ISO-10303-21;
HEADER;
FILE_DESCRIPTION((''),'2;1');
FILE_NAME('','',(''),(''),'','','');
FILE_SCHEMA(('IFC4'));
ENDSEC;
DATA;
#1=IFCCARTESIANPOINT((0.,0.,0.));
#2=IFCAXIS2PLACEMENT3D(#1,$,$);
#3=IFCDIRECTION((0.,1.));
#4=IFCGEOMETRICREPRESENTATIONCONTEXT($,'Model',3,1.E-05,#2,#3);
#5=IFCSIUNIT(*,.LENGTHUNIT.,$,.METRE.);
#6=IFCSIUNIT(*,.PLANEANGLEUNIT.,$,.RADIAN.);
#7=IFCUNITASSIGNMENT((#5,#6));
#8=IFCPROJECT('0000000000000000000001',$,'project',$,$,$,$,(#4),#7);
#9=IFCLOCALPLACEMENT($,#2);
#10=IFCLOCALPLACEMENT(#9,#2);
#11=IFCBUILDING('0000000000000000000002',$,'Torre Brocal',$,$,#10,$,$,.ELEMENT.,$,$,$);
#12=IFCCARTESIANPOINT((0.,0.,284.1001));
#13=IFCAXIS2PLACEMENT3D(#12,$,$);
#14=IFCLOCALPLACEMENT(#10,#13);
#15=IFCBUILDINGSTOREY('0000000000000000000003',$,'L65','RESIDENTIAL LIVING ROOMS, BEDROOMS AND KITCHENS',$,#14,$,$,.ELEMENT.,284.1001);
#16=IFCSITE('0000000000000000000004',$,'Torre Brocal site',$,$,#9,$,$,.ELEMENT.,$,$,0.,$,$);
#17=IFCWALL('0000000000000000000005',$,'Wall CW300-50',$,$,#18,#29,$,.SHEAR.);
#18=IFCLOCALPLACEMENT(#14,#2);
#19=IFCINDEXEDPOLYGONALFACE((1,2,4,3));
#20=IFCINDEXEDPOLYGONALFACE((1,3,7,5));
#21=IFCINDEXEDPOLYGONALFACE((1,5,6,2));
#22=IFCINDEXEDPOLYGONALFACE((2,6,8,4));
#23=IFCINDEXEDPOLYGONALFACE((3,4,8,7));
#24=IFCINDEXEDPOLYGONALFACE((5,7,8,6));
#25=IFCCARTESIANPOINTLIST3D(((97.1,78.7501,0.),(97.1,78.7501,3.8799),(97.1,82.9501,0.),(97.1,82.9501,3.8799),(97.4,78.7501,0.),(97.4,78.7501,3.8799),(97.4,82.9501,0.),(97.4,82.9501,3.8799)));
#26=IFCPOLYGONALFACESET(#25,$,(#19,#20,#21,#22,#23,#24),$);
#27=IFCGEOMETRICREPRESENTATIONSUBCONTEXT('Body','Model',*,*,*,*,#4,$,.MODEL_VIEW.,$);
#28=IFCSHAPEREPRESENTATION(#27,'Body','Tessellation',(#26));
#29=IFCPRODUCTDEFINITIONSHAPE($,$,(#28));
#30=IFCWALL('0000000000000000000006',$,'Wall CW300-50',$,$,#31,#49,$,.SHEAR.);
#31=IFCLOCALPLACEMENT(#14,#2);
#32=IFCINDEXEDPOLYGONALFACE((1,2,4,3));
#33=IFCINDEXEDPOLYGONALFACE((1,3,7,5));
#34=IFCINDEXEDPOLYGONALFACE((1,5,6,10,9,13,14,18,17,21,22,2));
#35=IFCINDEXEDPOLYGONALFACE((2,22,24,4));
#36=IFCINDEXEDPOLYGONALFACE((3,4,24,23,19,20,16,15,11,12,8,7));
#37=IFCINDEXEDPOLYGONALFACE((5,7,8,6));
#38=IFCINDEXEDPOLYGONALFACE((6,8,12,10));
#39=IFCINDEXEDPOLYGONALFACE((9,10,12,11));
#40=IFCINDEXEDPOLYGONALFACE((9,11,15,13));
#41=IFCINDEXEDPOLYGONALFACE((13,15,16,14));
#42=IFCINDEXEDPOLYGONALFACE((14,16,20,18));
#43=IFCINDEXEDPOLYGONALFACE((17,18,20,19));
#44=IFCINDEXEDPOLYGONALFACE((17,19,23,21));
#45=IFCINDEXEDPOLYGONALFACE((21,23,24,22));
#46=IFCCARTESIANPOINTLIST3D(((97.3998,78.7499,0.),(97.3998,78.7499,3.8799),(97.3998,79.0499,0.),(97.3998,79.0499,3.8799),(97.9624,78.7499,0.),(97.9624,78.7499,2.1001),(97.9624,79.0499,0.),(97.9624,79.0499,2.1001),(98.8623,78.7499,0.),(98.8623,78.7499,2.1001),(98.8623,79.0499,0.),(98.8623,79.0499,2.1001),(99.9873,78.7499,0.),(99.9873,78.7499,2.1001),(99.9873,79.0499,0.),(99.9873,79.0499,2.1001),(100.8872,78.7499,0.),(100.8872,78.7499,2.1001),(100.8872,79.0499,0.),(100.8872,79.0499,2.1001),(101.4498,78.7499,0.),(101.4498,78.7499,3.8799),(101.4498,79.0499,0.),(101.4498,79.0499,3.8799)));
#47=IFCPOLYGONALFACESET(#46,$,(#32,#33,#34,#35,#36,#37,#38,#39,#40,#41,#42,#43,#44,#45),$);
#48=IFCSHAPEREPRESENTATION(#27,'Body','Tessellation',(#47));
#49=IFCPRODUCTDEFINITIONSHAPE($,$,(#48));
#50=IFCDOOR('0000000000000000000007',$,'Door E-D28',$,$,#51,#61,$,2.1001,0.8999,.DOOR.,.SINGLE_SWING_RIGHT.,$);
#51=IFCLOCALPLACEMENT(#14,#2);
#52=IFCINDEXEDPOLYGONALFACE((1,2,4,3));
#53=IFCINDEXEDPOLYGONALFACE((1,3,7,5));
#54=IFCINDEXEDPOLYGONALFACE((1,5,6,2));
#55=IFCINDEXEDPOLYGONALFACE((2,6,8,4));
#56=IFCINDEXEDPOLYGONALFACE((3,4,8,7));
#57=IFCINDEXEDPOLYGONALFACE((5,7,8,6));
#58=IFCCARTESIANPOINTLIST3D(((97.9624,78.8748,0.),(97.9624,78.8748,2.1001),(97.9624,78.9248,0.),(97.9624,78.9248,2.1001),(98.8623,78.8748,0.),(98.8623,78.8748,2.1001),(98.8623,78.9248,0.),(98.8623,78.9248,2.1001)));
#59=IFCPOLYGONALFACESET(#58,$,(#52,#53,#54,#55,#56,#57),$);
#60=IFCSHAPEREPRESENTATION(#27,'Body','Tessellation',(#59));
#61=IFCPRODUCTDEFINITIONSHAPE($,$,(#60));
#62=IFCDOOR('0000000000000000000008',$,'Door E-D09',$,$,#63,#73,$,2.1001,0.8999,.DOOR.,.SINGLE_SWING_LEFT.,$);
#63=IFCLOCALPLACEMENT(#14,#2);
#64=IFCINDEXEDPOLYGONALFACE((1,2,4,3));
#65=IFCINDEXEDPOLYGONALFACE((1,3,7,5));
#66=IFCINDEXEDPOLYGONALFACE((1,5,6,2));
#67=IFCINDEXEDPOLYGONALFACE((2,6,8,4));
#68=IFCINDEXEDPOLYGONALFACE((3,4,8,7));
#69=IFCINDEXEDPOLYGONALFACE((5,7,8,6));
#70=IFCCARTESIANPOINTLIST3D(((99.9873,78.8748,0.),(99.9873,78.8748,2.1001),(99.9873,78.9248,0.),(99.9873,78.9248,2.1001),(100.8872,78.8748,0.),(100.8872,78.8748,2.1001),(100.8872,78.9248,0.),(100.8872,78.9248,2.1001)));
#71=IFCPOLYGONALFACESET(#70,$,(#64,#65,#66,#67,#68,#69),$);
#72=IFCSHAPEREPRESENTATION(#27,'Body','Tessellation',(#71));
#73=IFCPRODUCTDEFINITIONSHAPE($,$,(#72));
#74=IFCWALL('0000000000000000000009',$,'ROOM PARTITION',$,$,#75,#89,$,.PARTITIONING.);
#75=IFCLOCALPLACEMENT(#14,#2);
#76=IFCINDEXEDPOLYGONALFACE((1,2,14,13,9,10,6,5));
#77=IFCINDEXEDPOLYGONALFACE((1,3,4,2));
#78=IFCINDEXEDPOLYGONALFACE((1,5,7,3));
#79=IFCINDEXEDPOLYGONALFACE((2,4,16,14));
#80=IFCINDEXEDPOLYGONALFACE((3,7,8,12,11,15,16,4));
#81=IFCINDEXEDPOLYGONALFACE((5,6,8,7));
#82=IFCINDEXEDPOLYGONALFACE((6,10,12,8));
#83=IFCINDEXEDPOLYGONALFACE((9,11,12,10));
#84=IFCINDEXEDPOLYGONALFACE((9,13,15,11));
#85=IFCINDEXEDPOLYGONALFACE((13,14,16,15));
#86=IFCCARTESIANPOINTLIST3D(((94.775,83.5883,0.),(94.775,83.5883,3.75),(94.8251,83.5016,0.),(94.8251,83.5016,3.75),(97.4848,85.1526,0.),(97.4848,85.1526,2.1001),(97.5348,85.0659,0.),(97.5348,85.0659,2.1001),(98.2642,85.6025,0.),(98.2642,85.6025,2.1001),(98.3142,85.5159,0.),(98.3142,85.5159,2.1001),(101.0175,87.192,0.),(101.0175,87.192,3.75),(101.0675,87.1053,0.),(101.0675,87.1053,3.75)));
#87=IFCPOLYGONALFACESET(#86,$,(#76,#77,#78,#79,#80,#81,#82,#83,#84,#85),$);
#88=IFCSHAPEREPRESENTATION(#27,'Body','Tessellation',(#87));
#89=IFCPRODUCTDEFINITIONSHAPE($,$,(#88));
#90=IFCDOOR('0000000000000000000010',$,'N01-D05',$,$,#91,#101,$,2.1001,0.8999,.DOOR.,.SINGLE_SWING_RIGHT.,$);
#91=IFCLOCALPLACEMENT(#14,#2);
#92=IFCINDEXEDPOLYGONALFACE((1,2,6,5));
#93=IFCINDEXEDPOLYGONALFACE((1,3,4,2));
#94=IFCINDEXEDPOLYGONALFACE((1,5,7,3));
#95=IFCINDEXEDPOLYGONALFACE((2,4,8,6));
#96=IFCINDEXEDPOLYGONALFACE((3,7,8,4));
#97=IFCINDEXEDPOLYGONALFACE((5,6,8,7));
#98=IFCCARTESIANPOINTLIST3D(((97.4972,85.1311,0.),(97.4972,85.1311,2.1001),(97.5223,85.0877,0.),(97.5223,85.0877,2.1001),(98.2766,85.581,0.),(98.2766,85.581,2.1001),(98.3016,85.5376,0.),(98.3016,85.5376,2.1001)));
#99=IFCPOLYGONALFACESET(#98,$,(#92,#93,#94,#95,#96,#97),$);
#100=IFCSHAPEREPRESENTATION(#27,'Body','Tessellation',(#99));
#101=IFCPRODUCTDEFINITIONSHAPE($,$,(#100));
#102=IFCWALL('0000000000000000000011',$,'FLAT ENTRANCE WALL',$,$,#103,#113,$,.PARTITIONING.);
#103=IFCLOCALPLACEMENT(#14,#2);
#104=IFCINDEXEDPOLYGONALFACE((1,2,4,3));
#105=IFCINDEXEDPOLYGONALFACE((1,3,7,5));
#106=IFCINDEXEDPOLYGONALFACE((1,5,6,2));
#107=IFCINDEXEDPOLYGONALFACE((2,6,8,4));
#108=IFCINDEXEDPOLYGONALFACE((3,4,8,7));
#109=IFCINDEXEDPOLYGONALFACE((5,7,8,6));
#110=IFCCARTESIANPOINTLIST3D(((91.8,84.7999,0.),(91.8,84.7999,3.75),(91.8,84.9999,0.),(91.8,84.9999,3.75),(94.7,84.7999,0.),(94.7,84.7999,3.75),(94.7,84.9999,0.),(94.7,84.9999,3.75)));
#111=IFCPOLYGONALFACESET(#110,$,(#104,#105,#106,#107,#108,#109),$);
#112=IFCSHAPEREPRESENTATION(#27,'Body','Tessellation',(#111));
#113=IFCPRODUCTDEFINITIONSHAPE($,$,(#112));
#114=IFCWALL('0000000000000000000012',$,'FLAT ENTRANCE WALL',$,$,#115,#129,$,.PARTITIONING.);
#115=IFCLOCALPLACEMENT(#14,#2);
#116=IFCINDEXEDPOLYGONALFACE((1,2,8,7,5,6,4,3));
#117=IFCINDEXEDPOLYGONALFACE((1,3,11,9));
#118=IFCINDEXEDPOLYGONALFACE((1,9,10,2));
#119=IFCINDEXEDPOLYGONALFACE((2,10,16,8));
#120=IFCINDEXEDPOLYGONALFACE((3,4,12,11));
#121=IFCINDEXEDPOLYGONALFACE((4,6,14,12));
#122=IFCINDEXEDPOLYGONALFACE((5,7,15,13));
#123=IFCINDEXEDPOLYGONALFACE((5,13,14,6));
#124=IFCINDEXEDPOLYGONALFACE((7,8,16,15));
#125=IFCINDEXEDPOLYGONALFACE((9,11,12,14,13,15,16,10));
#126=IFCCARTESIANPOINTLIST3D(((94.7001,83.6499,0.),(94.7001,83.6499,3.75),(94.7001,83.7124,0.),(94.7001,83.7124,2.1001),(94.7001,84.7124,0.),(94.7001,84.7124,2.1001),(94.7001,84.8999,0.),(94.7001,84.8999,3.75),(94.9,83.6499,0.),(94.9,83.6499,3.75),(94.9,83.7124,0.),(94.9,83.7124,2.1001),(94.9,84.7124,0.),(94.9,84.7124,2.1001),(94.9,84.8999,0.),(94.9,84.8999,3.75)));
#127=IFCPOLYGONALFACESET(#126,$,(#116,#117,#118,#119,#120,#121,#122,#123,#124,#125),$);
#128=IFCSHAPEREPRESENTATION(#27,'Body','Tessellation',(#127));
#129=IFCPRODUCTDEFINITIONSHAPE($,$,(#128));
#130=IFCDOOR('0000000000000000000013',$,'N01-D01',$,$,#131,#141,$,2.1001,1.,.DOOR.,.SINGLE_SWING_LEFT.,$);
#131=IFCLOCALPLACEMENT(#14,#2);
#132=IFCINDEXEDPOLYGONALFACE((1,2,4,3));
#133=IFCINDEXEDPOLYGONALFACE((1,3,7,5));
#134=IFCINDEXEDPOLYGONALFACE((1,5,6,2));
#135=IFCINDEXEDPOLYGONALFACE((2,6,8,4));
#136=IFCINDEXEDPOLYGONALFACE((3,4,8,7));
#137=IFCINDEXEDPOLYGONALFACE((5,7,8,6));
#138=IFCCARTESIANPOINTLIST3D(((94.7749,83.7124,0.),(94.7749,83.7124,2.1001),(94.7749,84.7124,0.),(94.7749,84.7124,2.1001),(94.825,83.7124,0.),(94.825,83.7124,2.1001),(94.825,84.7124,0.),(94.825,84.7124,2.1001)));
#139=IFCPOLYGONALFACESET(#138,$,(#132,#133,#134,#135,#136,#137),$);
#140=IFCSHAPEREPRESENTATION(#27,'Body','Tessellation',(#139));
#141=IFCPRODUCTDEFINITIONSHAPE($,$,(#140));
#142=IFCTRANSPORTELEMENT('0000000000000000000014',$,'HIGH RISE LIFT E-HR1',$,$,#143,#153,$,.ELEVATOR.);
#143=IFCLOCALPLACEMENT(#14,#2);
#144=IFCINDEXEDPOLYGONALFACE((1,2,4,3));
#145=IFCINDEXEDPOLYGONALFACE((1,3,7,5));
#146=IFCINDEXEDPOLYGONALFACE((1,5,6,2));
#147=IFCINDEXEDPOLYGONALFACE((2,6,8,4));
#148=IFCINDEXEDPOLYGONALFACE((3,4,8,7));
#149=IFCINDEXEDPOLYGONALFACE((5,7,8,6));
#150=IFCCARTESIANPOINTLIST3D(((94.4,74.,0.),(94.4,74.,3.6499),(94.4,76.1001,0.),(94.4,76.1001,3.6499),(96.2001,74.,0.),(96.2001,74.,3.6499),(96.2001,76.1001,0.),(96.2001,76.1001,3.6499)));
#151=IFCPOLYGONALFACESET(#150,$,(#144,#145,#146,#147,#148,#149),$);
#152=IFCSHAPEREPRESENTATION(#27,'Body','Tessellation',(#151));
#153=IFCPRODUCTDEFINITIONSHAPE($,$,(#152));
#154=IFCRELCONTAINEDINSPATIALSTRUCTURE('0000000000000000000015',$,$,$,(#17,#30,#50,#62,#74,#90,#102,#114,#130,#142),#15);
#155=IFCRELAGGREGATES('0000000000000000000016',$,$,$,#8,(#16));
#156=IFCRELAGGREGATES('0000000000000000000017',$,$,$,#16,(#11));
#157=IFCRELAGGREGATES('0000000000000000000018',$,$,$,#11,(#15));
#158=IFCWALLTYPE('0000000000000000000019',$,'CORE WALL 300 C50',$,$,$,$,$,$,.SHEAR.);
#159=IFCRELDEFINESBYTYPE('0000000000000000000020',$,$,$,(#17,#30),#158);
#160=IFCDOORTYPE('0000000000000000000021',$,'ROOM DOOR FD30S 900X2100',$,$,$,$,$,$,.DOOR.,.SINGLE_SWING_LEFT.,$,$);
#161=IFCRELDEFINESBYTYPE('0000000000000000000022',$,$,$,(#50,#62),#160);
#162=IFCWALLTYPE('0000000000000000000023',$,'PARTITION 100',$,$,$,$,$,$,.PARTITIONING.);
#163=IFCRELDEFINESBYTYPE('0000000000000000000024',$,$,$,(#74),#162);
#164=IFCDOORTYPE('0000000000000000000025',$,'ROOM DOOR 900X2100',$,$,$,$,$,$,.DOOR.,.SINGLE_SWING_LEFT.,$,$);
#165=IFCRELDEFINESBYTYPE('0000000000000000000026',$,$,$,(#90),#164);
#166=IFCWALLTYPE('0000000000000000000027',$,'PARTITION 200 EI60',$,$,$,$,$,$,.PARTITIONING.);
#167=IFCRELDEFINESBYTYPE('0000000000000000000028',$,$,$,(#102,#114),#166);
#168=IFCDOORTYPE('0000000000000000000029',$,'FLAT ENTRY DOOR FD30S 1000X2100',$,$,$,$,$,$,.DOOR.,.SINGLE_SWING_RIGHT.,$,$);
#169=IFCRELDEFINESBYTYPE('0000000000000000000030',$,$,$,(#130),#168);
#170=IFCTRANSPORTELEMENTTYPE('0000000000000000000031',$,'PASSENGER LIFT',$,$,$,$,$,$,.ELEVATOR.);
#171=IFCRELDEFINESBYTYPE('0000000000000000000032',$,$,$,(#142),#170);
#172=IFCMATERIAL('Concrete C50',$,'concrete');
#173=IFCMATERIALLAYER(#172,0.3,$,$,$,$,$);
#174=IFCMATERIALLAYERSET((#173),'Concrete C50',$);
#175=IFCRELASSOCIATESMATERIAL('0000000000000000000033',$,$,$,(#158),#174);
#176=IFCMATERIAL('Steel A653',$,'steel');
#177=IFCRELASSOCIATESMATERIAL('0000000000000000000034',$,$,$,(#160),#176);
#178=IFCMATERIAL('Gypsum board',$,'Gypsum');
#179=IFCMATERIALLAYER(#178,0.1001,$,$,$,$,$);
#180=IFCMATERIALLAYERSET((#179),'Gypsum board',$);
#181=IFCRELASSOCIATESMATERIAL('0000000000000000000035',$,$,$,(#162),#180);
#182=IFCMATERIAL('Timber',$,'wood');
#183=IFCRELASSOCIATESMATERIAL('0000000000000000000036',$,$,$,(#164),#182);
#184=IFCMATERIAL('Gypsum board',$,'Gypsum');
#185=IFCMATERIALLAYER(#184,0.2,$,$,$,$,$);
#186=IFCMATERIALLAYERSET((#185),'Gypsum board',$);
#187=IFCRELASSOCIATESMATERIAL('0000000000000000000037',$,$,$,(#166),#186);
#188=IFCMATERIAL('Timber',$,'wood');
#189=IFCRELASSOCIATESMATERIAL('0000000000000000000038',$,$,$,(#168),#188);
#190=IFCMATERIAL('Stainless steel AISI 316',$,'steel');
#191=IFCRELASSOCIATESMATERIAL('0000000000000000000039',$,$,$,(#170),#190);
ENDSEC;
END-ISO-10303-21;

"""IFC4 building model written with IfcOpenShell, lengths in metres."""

from ifc_helpers import new_model, si_unit, direction, frame, frame_2d, origin, origin_2d, place, context, subcontext, project, spatial, rectangle, extrude, material, layer, layer_set, type_object, element, fill, save


model = new_model("IFC4")

# Units and contexts
model_context = context("Model", 3, precision=1e-05, world=origin(), true_north=direction((0.0, 1.0)))
body_context = subcontext(model_context, "Body", "Model", "MODEL_VIEW")
ifc_project = project(units=[si_unit("LENGTHUNIT", "METRE"), si_unit("PLANEANGLEUNIT", "RADIAN")], contexts=[model_context])

# Site, building, storey
site_placement = place(None, origin())
site = spatial("IfcSite", under=ifc_project, at=site_placement, Name="Torre Brocal site", CompositionType="ELEMENT", RefElevation=0.0)
building_placement = place(site_placement, origin())
building = spatial("IfcBuilding", under=site, at=building_placement, Name="Torre Brocal", CompositionType="ELEMENT")
storey_placement = place(building_placement, frame((0.0, 0.0, 284.1001)))
storey = spatial("IfcBuildingStorey", under=building, at=storey_placement, Name="L65", Description="RESIDENTIAL LIVING ROOMS, BEDROOMS AND KITCHENS", CompositionType="ELEMENT", Elevation=284.1001)

# Shared definitions
ifc_material_1 = material(Name="Concrete C50", Category="concrete")
ifc_layer_1 = layer(ifc_material_1, 0.3)
ifc_layer_set_1 = layer_set([ifc_layer_1], Name="Concrete C50")
wall_type_1 = type_object("IfcWallType", Name="CORE WALL 300 C50", PredefinedType="SHEAR", material=ifc_layer_set_1)
ifc_material_2 = material(Name="Steel A653", Category="steel")
door_type_1 = type_object("IfcDoorType", Name="ROOM DOOR FD30S 900X2100", OperationType="SINGLE_SWING_LEFT", PredefinedType="DOOR", material=ifc_material_2)

# Wall
wall_1_placement = place(storey_placement, frame((97.25, 78.75, 0.0), z_axis=(0.0, 0.0, 1.0), x_axis=(0.0, 1.0, 0.0)))
element("IfcWall", 1, at=wall_1_placement, inside=storey, type_object=wall_type_1, Name="Wall CW300-50", PredefinedType="SHEAR", context=body_context, shape_type="SweptSolid", body=[
    extrude(rectangle(XDim=4.2, YDim=0.3, at=frame_2d((2.1001, 0.0))), origin(), (0.0, 0.0, 1.0), 3.8799),
])

# Wall, openings, doors
wall_2_placement = place(storey_placement, frame((97.3999, 78.8999, 0.0), z_axis=(0.0, 0.0, 1.0), x_axis=(1.0, 0.0, 0.0)))
wall_2 = element("IfcWall", 2, at=wall_2_placement, inside=storey, type_object=wall_type_1, Name="Wall CW300-50", PredefinedType="SHEAR", context=body_context, shape_type="SweptSolid", body=[
    extrude(rectangle(XDim=4.05, YDim=0.3, at=frame_2d((2.0249, 0.0))), origin(), (0.0, 0.0, 1.0), 3.8799),
])
opening_1_placement = place(wall_2_placement, frame((0.5625, 0.0, 0.0)))
opening_1 = element("IfcOpeningElement", 3, at=opening_1_placement, cuts=wall_2, PredefinedType="OPENING", context=body_context, shape_type="SweptSolid", body=[
    extrude(rectangle(XDim=0.8999, YDim=2.1001, at=frame_2d((0.45, 1.05))), frame((0.0, 0.1599, 0.0), z_axis=(0.0, -1.0, 0.0), x_axis=(1.0, 0.0, 0.0)), (0.0, 0.0, 1.0), 0.3201),
])
opening_2_placement = place(wall_2_placement, frame((2.5874, 0.0, 0.0)))
opening_2 = element("IfcOpeningElement", 4, at=opening_2_placement, cuts=wall_2, PredefinedType="OPENING", context=body_context, shape_type="SweptSolid", body=[
    extrude(rectangle(XDim=0.8999, YDim=2.1001, at=frame_2d((0.45, 1.05))), frame((0.0, 0.1599, 0.0), z_axis=(0.0, -1.0, 0.0), x_axis=(1.0, 0.0, 0.0)), (0.0, 0.0, 1.0), 0.3201),
])
door_1_placement = place(opening_1_placement, origin())
door_1 = element("IfcDoor", 5, at=door_1_placement, inside=storey, type_object=door_type_1, Name="Door E-D28", OperationType="SINGLE_SWING_RIGHT", OverallHeight=2.1001, OverallWidth=0.8999, PredefinedType="DOOR", context=body_context, shape_type="SweptSolid", body=[
    extrude(rectangle(XDim=0.8999, YDim=2.1001, at=frame_2d((0.45, 1.05))), frame((0.0, 0.0249, 0.0), z_axis=(0.0, -1.0, 0.0), x_axis=(1.0, 0.0, 0.0)), (0.0, 0.0, 1.0), 0.05),
])
fill(opening_1, door_1)
door_2_placement = place(opening_2_placement, origin())
door_2 = element("IfcDoor", 6, at=door_2_placement, inside=storey, type_object=door_type_1, Name="Door E-D09", OperationType="SINGLE_SWING_LEFT", OverallHeight=2.1001, OverallWidth=0.8999, PredefinedType="DOOR", context=body_context, shape_type="SweptSolid", body=[
    extrude(rectangle(XDim=0.8999, YDim=2.1001, at=frame_2d((0.45, 1.05))), frame((0.0, 0.0249, 0.0), z_axis=(0.0, -1.0, 0.0), x_axis=(1.0, 0.0, 0.0)), (0.0, 0.0, 1.0), 0.05),
])
fill(opening_2, door_2)

# Wall, opening, door
ifc_material_3 = material(Name="Gypsum board", Category="Gypsum")
ifc_layer_2 = layer(ifc_material_3, 0.1001)
ifc_layer_set_2 = layer_set([ifc_layer_2], Name="Gypsum board")
wall_type_2 = type_object("IfcWallType", Name="PARTITION 100", PredefinedType="PARTITIONING", material=ifc_layer_set_2)
wall_3_placement = place(storey_placement, frame((94.8, 83.5449, 0.0), z_axis=(0.0, 0.0, 1.0), x_axis=(0.866044, 0.499968, 0.0)))
wall_3 = element("IfcWall", 7, at=wall_3_placement, inside=storey, type_object=wall_type_2, Name="ROOM PARTITION", PredefinedType="PARTITIONING", context=body_context, shape_type="SweptSolid", body=[
    extrude(rectangle(XDim=7.208, YDim=0.1001, at=frame_2d((3.604, 0.0))), origin(), (0.0, 0.0, 1.0), 3.75),
])
opening_3_placement = place(wall_3_placement, frame((3.1289, 0.0, 0.0)))
opening_3 = element("IfcOpeningElement", 8, at=opening_3_placement, cuts=wall_3, PredefinedType="OPENING", context=body_context, shape_type="SweptSolid", body=[
    extrude(rectangle(XDim=0.8999, YDim=2.1001, at=frame_2d((0.45, 1.05))), frame((0.0, 0.0601, 0.0), z_axis=(0.0, -1.0, 0.0), x_axis=(1.0, 0.0, 0.0)), (0.0, 0.0, 1.0), 0.1201),
])
ifc_material_4 = material(Name="Timber", Category="wood")
door_type_2 = type_object("IfcDoorType", Name="ROOM DOOR 900X2100", OperationType="SINGLE_SWING_LEFT", PredefinedType="DOOR", material=ifc_material_4)
door_3_placement = place(opening_3_placement, frame((0.8999, 0.0, 0.0), z_axis=(0.0, 0.0, 1.0), x_axis=(-1.0, 0.0, 0.0)))
door_3 = element("IfcDoor", 9, at=door_3_placement, inside=storey, type_object=door_type_2, Name="N01-D05", OperationType="SINGLE_SWING_RIGHT", OverallHeight=2.1001, OverallWidth=0.8999, PredefinedType="DOOR", context=body_context, shape_type="SweptSolid", body=[
    extrude(rectangle(XDim=0.8999, YDim=2.1001, at=frame_2d((0.45, 1.05))), frame((0.0, 0.0249, 0.0), z_axis=(0.0, -1.0, 0.0), x_axis=(1.0, 0.0, 0.0)), (0.0, 0.0, 1.0), 0.05),
])
fill(opening_3, door_3)

# Wall
ifc_material_5 = material(Name="Gypsum board", Category="Gypsum")
ifc_layer_3 = layer(ifc_material_5, 0.2)
ifc_layer_set_3 = layer_set([ifc_layer_3], Name="Gypsum board")
wall_type_3 = type_object("IfcWallType", Name="PARTITION 200 EI60", PredefinedType="PARTITIONING", material=ifc_layer_set_3)
wall_4_placement = place(storey_placement, frame((91.8, 84.8999, 0.0), z_axis=(0.0, 0.0, 1.0), x_axis=(1.0, 0.0, 0.0)))
element("IfcWall", 10, at=wall_4_placement, inside=storey, type_object=wall_type_3, Name="FLAT ENTRANCE WALL", PredefinedType="PARTITIONING", context=body_context, shape_type="SweptSolid", body=[
    extrude(rectangle(XDim=2.8999, YDim=0.2, at=frame_2d((1.45, 0.0))), origin(), (0.0, 0.0, 1.0), 3.75),
])

# Wall, opening, door
wall_5_placement = place(storey_placement, frame((94.8, 83.6499, 0.0), z_axis=(0.0, 0.0, 1.0), x_axis=(0.0, 1.0, 0.0)))
wall_5 = element("IfcWall", 11, at=wall_5_placement, inside=storey, type_object=wall_type_3, Name="FLAT ENTRANCE WALL", PredefinedType="PARTITIONING", context=body_context, shape_type="SweptSolid", body=[
    extrude(rectangle(XDim=1.25, YDim=0.2, at=frame_2d((0.625, 0.0))), origin(), (0.0, 0.0, 1.0), 3.75),
])
opening_4_placement = place(wall_5_placement, frame((0.0625, 0.0, 0.0)))
opening_4 = element("IfcOpeningElement", 12, at=opening_4_placement, cuts=wall_5, PredefinedType="OPENING", context=body_context, shape_type="SweptSolid", body=[
    extrude(rectangle(XDim=1.0, YDim=2.1001, at=frame_2d((0.5, 1.05))), frame((0.0, 0.1099, 0.0), z_axis=(0.0, -1.0, 0.0), x_axis=(1.0, 0.0, 0.0)), (0.0, 0.0, 1.0), 0.22),
])
ifc_material_6 = material(Name="Timber", Category="wood")
door_type_3 = type_object("IfcDoorType", Name="FLAT ENTRY DOOR FD30S 1000X2100", OperationType="SINGLE_SWING_RIGHT", PredefinedType="DOOR", material=ifc_material_6)
door_4_placement = place(opening_4_placement, frame((1.0, 0.0, 0.0), z_axis=(0.0, 0.0, 1.0), x_axis=(-1.0, 0.0, 0.0)))
door_4 = element("IfcDoor", 13, at=door_4_placement, inside=storey, type_object=door_type_3, Name="N01-D01", OperationType="SINGLE_SWING_LEFT", OverallHeight=2.1001, OverallWidth=1.0, PredefinedType="DOOR", context=body_context, shape_type="SweptSolid", body=[
    extrude(rectangle(XDim=1.0, YDim=2.1001, at=frame_2d((0.5, 1.05))), frame((0.0, 0.0249, 0.0), z_axis=(0.0, -1.0, 0.0), x_axis=(1.0, 0.0, 0.0)), (0.0, 0.0, 1.0), 0.05),
])
fill(opening_4, door_4)

# Transport element
ifc_material_7 = material(Name="Stainless steel AISI 316", Category="steel")
transport_element_type = type_object("IfcTransportElementType", Name="PASSENGER LIFT", PredefinedType="ELEVATOR", material=ifc_material_7)
transport_element_placement = place(storey_placement, frame((95.3, 75.05, 0.0), z_axis=(0.0, 0.0, 1.0), x_axis=(1.0, 0.0, 0.0)))
element("IfcTransportElement", 14, at=transport_element_placement, inside=storey, type_object=transport_element_type, Name="HIGH RISE LIFT E-HR1", PredefinedType="ELEVATOR", context=body_context, shape_type="SweptSolid", body=[
    extrude(rectangle(XDim=1.8, YDim=2.1001, at=origin_2d()), origin(), (0.0, 0.0, 1.0), 3.6499),
])

save(model, "model.ifc")
